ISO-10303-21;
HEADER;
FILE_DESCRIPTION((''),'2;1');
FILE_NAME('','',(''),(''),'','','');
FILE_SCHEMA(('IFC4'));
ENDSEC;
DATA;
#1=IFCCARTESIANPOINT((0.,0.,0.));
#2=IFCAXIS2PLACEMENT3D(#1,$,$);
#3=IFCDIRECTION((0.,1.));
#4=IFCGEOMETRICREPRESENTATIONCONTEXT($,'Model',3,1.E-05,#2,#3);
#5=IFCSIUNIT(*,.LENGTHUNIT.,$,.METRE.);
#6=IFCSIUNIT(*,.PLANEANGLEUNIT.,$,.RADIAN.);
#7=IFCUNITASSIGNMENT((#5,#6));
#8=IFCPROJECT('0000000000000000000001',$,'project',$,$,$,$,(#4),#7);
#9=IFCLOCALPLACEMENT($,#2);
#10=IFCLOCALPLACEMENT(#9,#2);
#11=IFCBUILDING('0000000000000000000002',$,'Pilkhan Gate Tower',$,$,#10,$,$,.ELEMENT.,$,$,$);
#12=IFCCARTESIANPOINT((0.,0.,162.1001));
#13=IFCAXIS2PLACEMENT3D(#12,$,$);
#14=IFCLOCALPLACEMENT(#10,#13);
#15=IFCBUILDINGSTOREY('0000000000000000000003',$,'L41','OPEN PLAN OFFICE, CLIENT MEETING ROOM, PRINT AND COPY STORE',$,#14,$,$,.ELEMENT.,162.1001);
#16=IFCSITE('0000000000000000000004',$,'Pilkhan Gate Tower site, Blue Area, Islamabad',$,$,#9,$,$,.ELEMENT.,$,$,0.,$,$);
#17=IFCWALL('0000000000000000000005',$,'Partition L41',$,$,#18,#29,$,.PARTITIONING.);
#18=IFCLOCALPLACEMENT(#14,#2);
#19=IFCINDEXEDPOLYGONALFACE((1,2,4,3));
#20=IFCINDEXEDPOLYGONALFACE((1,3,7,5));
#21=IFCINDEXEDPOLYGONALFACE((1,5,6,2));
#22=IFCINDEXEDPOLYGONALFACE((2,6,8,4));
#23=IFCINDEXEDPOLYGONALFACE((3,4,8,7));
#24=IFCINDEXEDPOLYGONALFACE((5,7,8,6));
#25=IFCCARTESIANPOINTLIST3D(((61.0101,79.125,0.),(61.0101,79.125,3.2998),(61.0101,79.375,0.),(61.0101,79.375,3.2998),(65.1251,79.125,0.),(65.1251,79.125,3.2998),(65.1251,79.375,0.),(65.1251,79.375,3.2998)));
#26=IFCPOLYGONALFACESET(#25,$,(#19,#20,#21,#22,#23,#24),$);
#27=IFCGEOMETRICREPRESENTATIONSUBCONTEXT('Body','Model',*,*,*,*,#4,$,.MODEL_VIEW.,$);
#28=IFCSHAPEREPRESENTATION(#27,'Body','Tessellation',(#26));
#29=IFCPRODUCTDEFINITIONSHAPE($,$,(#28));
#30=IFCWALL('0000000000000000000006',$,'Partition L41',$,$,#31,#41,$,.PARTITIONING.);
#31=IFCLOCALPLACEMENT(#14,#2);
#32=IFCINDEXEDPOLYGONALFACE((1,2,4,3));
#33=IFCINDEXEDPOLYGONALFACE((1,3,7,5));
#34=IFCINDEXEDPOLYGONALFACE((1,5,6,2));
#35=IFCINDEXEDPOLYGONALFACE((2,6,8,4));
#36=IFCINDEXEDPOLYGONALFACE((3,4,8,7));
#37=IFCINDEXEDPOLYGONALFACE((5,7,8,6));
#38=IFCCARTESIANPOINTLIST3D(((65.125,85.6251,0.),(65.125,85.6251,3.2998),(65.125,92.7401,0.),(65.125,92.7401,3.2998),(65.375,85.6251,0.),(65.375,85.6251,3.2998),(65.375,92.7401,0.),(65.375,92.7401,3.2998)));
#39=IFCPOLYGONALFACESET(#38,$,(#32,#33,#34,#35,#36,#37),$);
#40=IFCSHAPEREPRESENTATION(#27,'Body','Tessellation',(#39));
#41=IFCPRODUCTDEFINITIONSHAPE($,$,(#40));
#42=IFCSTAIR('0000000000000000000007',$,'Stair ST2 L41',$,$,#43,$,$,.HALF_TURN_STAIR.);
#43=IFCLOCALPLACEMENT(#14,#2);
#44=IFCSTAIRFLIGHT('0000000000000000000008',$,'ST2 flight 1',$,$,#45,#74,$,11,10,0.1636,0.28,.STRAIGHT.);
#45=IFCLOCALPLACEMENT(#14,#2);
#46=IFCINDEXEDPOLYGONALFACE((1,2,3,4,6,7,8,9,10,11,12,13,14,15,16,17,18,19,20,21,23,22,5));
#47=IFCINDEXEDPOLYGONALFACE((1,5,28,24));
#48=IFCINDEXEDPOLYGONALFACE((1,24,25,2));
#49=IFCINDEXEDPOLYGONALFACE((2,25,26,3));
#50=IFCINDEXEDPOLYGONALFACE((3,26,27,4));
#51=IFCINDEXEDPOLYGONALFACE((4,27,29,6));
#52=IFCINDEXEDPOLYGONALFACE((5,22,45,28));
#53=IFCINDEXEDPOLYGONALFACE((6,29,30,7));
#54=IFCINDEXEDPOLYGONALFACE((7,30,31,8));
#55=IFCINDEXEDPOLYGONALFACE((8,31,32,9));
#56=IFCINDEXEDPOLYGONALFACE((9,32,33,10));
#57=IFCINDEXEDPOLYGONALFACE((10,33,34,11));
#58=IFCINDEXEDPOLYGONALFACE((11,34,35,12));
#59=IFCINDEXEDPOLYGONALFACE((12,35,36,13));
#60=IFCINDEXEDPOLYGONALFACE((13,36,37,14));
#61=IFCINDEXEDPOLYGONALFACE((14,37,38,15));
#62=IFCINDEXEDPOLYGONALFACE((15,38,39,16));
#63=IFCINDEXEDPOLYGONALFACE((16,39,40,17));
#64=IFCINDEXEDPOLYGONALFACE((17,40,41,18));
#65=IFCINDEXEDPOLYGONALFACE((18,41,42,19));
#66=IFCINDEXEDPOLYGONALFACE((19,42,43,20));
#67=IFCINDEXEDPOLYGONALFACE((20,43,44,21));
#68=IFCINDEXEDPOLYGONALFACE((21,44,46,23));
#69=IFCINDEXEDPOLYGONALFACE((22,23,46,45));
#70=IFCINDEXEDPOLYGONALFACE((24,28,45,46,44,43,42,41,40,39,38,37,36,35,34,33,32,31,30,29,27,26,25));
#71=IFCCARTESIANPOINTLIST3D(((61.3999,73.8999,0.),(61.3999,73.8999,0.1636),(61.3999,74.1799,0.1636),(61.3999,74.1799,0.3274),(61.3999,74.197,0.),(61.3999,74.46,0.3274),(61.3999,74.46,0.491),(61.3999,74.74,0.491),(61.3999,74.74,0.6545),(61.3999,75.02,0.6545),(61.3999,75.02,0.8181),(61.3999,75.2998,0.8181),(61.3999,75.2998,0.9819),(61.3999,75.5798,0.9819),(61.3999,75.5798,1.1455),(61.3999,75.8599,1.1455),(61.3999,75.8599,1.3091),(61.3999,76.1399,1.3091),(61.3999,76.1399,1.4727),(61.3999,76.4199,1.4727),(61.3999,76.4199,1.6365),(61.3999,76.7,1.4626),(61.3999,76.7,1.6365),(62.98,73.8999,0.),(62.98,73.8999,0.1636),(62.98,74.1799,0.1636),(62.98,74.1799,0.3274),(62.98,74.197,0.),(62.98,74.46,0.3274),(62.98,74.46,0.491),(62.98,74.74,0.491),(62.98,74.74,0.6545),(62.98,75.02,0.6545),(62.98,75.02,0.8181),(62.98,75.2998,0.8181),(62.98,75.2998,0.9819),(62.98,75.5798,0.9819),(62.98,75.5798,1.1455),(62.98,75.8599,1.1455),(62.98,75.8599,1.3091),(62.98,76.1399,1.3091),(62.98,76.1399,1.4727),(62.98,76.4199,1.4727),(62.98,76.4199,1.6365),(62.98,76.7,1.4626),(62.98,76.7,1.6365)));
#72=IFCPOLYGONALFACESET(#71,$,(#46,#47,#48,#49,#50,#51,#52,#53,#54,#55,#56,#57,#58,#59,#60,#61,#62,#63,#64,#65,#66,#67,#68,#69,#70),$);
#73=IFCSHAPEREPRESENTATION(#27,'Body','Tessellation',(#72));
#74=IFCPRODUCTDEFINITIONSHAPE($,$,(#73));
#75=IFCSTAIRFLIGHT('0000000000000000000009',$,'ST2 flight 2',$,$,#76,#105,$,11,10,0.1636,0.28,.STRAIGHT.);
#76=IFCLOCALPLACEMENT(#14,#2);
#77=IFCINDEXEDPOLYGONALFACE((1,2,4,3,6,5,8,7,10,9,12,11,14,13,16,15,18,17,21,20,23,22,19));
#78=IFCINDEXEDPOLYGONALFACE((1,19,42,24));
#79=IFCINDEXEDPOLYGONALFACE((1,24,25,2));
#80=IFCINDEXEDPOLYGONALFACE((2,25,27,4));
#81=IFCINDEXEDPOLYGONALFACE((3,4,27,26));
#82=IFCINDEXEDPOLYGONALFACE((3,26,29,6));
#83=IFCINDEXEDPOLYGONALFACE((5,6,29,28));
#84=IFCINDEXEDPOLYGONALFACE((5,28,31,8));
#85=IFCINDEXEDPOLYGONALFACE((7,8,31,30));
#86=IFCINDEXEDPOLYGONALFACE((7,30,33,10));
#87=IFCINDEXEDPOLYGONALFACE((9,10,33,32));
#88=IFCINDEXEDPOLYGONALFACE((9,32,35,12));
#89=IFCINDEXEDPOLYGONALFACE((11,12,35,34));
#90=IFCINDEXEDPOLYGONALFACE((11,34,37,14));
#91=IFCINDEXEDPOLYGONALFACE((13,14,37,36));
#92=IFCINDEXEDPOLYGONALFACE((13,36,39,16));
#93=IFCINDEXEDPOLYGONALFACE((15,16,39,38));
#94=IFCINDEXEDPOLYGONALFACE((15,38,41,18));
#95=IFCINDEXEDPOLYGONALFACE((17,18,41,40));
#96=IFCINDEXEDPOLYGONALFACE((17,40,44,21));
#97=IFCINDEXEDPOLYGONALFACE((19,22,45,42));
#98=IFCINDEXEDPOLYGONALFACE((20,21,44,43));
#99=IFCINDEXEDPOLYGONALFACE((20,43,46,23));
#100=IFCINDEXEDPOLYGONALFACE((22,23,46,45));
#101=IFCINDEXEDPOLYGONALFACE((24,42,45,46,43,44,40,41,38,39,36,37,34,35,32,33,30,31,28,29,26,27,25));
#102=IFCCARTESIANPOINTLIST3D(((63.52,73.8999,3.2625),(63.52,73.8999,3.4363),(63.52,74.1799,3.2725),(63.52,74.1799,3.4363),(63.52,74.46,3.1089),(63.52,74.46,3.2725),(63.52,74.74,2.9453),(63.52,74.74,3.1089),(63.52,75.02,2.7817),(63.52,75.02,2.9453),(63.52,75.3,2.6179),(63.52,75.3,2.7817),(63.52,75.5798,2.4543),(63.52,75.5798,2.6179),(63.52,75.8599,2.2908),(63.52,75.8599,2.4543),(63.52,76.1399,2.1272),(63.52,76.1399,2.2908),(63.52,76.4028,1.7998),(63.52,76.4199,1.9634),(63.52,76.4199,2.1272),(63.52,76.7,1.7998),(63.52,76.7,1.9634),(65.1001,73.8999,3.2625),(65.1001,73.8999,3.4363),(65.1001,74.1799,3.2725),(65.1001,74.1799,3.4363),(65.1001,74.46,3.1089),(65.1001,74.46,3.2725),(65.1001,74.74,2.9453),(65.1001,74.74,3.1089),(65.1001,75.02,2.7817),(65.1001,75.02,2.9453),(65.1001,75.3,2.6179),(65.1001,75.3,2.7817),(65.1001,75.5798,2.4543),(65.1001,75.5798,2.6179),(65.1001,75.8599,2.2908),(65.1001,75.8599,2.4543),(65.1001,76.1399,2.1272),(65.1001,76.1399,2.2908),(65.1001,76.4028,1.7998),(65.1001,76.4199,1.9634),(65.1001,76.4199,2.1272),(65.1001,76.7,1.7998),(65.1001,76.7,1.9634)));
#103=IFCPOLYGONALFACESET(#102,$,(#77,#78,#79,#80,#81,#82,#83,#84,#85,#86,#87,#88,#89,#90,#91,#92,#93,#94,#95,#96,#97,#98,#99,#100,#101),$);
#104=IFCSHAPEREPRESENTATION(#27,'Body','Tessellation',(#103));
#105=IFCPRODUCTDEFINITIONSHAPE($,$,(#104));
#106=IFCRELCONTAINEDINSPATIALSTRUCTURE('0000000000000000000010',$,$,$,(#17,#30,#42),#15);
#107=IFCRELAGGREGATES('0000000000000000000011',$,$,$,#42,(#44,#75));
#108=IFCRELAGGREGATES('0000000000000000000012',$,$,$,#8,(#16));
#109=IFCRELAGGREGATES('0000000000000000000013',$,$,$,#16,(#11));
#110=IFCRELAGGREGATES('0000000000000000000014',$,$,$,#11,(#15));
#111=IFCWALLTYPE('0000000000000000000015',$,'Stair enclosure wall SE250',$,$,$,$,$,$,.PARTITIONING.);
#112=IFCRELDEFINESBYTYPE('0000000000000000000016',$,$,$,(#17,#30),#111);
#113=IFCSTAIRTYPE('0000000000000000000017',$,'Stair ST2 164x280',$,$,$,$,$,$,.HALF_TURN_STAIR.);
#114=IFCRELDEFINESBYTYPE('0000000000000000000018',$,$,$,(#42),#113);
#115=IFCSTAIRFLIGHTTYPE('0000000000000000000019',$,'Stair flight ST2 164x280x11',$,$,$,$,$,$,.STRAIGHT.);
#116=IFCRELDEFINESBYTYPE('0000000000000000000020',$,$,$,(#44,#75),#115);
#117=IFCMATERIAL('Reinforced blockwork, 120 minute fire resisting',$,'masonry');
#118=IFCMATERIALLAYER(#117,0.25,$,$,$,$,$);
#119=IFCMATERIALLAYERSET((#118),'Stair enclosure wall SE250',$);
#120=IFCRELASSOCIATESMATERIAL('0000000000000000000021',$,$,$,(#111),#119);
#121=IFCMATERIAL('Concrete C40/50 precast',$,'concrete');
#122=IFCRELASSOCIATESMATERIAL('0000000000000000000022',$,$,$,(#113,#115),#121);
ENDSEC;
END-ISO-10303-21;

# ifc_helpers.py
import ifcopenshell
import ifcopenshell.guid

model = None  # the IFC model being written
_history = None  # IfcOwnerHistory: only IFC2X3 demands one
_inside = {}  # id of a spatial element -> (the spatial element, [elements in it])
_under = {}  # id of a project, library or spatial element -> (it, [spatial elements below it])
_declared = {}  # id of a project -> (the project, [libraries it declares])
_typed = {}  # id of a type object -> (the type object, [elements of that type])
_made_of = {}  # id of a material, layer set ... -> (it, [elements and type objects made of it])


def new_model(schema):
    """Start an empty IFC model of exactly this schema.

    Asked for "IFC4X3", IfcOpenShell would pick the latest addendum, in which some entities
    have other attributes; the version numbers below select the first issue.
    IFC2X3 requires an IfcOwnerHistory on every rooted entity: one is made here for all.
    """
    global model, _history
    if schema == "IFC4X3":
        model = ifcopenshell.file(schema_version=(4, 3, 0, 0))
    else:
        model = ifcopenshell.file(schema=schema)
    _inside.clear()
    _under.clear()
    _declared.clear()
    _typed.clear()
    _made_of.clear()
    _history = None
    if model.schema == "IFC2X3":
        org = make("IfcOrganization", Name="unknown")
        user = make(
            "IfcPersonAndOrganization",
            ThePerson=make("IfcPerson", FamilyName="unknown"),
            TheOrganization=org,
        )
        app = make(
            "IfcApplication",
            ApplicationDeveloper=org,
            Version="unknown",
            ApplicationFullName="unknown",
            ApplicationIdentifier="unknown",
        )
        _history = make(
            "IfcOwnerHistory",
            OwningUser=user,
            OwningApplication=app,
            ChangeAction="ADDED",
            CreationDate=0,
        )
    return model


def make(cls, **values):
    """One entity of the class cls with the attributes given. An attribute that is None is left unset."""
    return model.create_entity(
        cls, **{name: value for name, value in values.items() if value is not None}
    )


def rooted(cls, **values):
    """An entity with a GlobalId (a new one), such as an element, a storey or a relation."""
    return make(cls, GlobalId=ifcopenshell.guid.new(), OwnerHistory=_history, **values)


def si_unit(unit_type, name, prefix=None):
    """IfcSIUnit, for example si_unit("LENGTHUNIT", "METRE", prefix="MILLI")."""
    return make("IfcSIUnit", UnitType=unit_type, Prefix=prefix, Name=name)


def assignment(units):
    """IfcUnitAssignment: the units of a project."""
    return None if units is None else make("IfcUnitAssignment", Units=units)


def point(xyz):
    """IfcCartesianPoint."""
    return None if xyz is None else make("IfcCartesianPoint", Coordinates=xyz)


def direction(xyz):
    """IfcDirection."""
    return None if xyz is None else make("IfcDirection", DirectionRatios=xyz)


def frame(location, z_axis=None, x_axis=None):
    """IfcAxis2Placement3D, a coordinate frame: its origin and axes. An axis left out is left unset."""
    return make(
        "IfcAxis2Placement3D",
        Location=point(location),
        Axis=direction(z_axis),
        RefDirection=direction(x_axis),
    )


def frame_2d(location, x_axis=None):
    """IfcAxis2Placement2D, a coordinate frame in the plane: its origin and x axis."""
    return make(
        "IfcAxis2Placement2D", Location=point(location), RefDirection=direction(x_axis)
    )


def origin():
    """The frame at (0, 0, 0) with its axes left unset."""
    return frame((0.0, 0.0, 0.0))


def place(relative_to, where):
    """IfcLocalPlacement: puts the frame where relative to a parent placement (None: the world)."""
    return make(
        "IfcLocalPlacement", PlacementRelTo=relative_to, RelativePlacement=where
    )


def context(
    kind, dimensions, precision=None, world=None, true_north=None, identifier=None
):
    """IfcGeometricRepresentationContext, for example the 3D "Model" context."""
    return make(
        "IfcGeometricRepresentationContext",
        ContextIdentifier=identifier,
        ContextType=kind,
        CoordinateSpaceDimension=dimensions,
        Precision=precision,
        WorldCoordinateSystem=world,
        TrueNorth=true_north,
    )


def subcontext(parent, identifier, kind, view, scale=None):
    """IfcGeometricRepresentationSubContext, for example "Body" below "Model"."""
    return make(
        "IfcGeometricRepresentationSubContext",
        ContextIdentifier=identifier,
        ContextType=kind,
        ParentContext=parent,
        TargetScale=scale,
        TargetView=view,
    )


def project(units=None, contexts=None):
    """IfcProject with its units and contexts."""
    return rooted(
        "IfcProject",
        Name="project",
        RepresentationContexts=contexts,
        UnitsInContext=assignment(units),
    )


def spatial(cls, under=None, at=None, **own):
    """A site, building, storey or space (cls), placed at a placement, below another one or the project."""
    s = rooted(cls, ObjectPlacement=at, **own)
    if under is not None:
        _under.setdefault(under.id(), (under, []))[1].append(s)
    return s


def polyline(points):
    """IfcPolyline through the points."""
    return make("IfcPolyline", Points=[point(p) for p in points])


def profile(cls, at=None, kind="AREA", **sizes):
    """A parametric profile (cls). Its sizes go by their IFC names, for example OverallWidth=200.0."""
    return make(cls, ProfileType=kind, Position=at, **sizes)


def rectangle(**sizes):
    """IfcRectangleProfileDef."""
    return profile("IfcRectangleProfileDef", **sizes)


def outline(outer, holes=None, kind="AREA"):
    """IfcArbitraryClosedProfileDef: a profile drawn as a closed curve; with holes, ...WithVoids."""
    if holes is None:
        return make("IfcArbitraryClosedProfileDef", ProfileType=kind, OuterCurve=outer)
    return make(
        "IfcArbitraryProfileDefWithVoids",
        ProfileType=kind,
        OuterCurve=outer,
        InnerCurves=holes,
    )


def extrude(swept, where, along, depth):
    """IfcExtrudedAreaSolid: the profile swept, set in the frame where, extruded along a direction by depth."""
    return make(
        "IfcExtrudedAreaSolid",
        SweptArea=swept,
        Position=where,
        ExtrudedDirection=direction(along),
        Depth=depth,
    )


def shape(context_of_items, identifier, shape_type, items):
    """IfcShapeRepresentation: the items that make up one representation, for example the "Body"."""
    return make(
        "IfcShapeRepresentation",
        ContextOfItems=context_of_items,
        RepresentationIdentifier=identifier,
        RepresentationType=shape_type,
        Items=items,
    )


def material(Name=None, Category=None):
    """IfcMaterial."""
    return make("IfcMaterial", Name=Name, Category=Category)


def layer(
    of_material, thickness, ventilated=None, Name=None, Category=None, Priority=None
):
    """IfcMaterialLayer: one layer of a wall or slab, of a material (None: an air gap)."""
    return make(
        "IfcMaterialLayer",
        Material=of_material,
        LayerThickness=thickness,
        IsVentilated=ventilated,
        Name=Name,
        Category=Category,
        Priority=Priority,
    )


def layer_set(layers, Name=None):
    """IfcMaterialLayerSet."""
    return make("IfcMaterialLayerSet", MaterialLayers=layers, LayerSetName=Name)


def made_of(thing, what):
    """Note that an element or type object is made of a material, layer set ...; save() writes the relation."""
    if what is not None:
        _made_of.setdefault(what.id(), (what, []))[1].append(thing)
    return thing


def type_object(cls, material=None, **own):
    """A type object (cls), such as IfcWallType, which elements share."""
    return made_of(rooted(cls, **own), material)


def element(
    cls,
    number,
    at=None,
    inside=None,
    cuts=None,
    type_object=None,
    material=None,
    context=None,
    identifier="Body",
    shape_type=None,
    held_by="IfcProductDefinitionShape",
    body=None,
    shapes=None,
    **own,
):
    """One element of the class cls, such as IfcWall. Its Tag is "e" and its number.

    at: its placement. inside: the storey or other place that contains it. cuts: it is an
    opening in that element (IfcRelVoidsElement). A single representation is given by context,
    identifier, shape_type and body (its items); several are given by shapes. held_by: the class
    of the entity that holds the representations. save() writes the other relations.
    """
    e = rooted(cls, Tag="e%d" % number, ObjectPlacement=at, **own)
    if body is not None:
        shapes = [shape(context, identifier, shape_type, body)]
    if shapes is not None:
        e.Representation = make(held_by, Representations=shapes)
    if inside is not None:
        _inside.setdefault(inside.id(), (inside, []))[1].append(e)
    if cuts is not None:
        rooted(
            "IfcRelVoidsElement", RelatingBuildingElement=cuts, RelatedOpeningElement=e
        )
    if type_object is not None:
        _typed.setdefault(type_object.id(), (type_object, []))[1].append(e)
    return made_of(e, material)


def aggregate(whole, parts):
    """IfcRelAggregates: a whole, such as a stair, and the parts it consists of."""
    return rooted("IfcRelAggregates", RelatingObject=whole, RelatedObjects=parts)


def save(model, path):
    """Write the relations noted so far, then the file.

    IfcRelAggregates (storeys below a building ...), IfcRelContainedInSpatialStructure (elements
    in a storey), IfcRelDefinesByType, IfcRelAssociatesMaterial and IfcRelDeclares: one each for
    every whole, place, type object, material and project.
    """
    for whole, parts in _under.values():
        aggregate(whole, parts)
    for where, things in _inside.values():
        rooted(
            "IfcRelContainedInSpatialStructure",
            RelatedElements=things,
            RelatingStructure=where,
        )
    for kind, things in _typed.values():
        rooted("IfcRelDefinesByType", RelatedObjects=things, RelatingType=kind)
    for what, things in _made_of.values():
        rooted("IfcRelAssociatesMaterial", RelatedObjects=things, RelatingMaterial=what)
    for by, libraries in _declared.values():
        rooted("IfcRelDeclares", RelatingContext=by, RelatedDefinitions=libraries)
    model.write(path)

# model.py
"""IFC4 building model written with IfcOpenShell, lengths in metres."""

from ifc_helpers import new_model, si_unit, direction, frame, frame_2d, origin, place, context, subcontext, project, spatial, polyline, rectangle, outline, extrude, material, layer, layer_set, type_object, element, aggregate, save


model = new_model("IFC4")

# Units and contexts
model_context = context("Model", 3, precision=1e-05, world=origin(), true_north=direction((0.0, 1.0)))
body_context = subcontext(model_context, "Body", "Model", "MODEL_VIEW")
ifc_project = project(units=[si_unit("LENGTHUNIT", "METRE"), si_unit("PLANEANGLEUNIT", "RADIAN")], contexts=[model_context])

# Site, building, storey
site_placement = place(None, origin())
site = spatial("IfcSite", under=ifc_project, at=site_placement, Name="Pilkhan Gate Tower site, Blue Area, Islamabad", CompositionType="ELEMENT", RefElevation=0.0)
building_placement = place(site_placement, origin())
building = spatial("IfcBuilding", under=site, at=building_placement, Name="Pilkhan Gate Tower", CompositionType="ELEMENT")
storey_placement = place(building_placement, frame((0.0, 0.0, 162.1001)))
storey = spatial("IfcBuildingStorey", under=building, at=storey_placement, Name="L41", Description="OPEN PLAN OFFICE, CLIENT MEETING ROOM, PRINT AND COPY STORE", CompositionType="ELEMENT", Elevation=162.1001)

# Walls
ifc_material_1 = material(Name="Reinforced blockwork, 120 minute fire resisting", Category="masonry")
ifc_layer_1 = layer(ifc_material_1, 0.25)
ifc_layer_set_1 = layer_set([ifc_layer_1], Name="Stair enclosure wall SE250")
wall_type_1 = type_object("IfcWallType", Name="Stair enclosure wall SE250", PredefinedType="PARTITIONING", material=ifc_layer_set_1)
wall_1_placement = place(storey_placement, frame((61.01, 79.25, 0.0), z_axis=(0.0, 0.0, 1.0), x_axis=(1.0, 0.0, 0.0)))
element("IfcWall", 1, at=wall_1_placement, inside=storey, type_object=wall_type_1, Name="Partition L41", PredefinedType="PARTITIONING", context=body_context, shape_type="SweptSolid", body=[
    extrude(rectangle(XDim=4.115, YDim=0.25, at=frame_2d((2.0576, 0.0))), origin(), (0.0, 0.0, 1.0), 3.2998),
])
wall_2_placement = place(storey_placement, frame((65.25, 85.625, 0.0), z_axis=(0.0, 0.0, 1.0), x_axis=(0.0, 1.0, 0.0)))
element("IfcWall", 2, at=wall_2_placement, inside=storey, type_object=wall_type_1, Name="Partition L41", PredefinedType="PARTITIONING", context=body_context, shape_type="SweptSolid", body=[
    extrude(rectangle(XDim=7.115, YDim=0.25, at=frame_2d((3.5576, 0.0))), origin(), (0.0, 0.0, 1.0), 3.2998),
])

# Stair, stair flights
ifc_material_2 = material(Name="Concrete C40/50 precast", Category="concrete")
stair_type = type_object("IfcStairType", Name="Stair ST2 164x280", PredefinedType="HALF_TURN_STAIR", material=ifc_material_2)
stair_placement = place(storey_placement, origin())
stair = element("IfcStair", 3, at=stair_placement, inside=storey, type_object=stair_type, Name="Stair ST2 L41", PredefinedType="HALF_TURN_STAIR")
stair_flight_type = type_object("IfcStairFlightType", Name="Stair flight ST2 164x280x11", PredefinedType="STRAIGHT", material=ifc_material_2)
stair_flight_1_placement = place(storey_placement, frame((62.1899, 73.8999, 0.0), z_axis=(0.0, 0.0, 1.0), x_axis=(0.0, 1.0, 0.0)))
stair_flight_1 = element("IfcStairFlight", 4, at=stair_flight_1_placement, type_object=stair_flight_type, Name="ST2 flight 1", NumberOfRisers=11, NumberOfTreads=10, PredefinedType="STRAIGHT", RiserHeight=0.1636, TreadLength=0.28, context=body_context, shape_type="SweptSolid", body=[
    extrude(outline(polyline([(0.0, 0.0), (0.0, 0.1636), (0.28, 0.1636), (0.28, 0.3274), (0.5601, 0.3274), (0.5601, 0.491), (0.8401, 0.491), (0.8401, 0.6545), (1.1201, 0.6545), (1.1201, 0.8181), (1.3999, 0.8181), (1.3999, 0.9819), (1.6799, 0.9819), (1.6799, 1.1455), (1.96, 1.1455), (1.96, 1.3091), (2.24, 1.3091), (2.24, 1.4727), (2.52, 1.4727), (2.52, 1.6365), (2.8, 1.6365), (2.8, 1.8), (2.8, 1.4626), (0.2971, 0.0), (0.0, 0.0)])), frame((0.0, 0.79, 0.0), z_axis=(0.0, -1.0, 0.0), x_axis=(1.0, 0.0, 0.0)), (0.0, 0.0, 1.0), 1.5801),
])
stair_flight_2_placement = place(storey_placement, frame((64.3101, 76.7, 1.7998), z_axis=(0.0, 0.0, 1.0), x_axis=(0.0, -1.0, 0.0)))
stair_flight_2 = element("IfcStairFlight", 5, at=stair_flight_2_placement, type_object=stair_flight_type, Name="ST2 flight 2", NumberOfRisers=11, NumberOfTreads=10, PredefinedType="STRAIGHT", RiserHeight=0.1636, TreadLength=0.28, context=body_context, shape_type="SweptSolid", body=[
    extrude(outline(polyline([(0.0, 0.0), (0.0, 0.1636), (0.28, 0.1636), (0.28, 0.3274), (0.5601, 0.3274), (0.5601, 0.491), (0.8401, 0.491), (0.8401, 0.6545), (1.1201, 0.6545), (1.1201, 0.8181), (1.3999, 0.8181), (1.3999, 0.9819), (1.6799, 0.9819), (1.6799, 1.1455), (1.96, 1.1455), (1.96, 1.3091), (2.24, 1.3091), (2.24, 1.4727), (2.52, 1.4727), (2.52, 1.6365), (2.8, 1.6365), (2.8, 1.8), (2.8, 1.4626), (0.2971, 0.0), (0.0, 0.0)])), frame((0.0, 0.79, 0.0), z_axis=(0.0, -1.0, 0.0), x_axis=(1.0, 0.0, 0.0)), (0.0, 0.0, 1.0), 1.5801),
])
aggregate(stair, [stair_flight_1, stair_flight_2])

save(model, "model.ifc")
